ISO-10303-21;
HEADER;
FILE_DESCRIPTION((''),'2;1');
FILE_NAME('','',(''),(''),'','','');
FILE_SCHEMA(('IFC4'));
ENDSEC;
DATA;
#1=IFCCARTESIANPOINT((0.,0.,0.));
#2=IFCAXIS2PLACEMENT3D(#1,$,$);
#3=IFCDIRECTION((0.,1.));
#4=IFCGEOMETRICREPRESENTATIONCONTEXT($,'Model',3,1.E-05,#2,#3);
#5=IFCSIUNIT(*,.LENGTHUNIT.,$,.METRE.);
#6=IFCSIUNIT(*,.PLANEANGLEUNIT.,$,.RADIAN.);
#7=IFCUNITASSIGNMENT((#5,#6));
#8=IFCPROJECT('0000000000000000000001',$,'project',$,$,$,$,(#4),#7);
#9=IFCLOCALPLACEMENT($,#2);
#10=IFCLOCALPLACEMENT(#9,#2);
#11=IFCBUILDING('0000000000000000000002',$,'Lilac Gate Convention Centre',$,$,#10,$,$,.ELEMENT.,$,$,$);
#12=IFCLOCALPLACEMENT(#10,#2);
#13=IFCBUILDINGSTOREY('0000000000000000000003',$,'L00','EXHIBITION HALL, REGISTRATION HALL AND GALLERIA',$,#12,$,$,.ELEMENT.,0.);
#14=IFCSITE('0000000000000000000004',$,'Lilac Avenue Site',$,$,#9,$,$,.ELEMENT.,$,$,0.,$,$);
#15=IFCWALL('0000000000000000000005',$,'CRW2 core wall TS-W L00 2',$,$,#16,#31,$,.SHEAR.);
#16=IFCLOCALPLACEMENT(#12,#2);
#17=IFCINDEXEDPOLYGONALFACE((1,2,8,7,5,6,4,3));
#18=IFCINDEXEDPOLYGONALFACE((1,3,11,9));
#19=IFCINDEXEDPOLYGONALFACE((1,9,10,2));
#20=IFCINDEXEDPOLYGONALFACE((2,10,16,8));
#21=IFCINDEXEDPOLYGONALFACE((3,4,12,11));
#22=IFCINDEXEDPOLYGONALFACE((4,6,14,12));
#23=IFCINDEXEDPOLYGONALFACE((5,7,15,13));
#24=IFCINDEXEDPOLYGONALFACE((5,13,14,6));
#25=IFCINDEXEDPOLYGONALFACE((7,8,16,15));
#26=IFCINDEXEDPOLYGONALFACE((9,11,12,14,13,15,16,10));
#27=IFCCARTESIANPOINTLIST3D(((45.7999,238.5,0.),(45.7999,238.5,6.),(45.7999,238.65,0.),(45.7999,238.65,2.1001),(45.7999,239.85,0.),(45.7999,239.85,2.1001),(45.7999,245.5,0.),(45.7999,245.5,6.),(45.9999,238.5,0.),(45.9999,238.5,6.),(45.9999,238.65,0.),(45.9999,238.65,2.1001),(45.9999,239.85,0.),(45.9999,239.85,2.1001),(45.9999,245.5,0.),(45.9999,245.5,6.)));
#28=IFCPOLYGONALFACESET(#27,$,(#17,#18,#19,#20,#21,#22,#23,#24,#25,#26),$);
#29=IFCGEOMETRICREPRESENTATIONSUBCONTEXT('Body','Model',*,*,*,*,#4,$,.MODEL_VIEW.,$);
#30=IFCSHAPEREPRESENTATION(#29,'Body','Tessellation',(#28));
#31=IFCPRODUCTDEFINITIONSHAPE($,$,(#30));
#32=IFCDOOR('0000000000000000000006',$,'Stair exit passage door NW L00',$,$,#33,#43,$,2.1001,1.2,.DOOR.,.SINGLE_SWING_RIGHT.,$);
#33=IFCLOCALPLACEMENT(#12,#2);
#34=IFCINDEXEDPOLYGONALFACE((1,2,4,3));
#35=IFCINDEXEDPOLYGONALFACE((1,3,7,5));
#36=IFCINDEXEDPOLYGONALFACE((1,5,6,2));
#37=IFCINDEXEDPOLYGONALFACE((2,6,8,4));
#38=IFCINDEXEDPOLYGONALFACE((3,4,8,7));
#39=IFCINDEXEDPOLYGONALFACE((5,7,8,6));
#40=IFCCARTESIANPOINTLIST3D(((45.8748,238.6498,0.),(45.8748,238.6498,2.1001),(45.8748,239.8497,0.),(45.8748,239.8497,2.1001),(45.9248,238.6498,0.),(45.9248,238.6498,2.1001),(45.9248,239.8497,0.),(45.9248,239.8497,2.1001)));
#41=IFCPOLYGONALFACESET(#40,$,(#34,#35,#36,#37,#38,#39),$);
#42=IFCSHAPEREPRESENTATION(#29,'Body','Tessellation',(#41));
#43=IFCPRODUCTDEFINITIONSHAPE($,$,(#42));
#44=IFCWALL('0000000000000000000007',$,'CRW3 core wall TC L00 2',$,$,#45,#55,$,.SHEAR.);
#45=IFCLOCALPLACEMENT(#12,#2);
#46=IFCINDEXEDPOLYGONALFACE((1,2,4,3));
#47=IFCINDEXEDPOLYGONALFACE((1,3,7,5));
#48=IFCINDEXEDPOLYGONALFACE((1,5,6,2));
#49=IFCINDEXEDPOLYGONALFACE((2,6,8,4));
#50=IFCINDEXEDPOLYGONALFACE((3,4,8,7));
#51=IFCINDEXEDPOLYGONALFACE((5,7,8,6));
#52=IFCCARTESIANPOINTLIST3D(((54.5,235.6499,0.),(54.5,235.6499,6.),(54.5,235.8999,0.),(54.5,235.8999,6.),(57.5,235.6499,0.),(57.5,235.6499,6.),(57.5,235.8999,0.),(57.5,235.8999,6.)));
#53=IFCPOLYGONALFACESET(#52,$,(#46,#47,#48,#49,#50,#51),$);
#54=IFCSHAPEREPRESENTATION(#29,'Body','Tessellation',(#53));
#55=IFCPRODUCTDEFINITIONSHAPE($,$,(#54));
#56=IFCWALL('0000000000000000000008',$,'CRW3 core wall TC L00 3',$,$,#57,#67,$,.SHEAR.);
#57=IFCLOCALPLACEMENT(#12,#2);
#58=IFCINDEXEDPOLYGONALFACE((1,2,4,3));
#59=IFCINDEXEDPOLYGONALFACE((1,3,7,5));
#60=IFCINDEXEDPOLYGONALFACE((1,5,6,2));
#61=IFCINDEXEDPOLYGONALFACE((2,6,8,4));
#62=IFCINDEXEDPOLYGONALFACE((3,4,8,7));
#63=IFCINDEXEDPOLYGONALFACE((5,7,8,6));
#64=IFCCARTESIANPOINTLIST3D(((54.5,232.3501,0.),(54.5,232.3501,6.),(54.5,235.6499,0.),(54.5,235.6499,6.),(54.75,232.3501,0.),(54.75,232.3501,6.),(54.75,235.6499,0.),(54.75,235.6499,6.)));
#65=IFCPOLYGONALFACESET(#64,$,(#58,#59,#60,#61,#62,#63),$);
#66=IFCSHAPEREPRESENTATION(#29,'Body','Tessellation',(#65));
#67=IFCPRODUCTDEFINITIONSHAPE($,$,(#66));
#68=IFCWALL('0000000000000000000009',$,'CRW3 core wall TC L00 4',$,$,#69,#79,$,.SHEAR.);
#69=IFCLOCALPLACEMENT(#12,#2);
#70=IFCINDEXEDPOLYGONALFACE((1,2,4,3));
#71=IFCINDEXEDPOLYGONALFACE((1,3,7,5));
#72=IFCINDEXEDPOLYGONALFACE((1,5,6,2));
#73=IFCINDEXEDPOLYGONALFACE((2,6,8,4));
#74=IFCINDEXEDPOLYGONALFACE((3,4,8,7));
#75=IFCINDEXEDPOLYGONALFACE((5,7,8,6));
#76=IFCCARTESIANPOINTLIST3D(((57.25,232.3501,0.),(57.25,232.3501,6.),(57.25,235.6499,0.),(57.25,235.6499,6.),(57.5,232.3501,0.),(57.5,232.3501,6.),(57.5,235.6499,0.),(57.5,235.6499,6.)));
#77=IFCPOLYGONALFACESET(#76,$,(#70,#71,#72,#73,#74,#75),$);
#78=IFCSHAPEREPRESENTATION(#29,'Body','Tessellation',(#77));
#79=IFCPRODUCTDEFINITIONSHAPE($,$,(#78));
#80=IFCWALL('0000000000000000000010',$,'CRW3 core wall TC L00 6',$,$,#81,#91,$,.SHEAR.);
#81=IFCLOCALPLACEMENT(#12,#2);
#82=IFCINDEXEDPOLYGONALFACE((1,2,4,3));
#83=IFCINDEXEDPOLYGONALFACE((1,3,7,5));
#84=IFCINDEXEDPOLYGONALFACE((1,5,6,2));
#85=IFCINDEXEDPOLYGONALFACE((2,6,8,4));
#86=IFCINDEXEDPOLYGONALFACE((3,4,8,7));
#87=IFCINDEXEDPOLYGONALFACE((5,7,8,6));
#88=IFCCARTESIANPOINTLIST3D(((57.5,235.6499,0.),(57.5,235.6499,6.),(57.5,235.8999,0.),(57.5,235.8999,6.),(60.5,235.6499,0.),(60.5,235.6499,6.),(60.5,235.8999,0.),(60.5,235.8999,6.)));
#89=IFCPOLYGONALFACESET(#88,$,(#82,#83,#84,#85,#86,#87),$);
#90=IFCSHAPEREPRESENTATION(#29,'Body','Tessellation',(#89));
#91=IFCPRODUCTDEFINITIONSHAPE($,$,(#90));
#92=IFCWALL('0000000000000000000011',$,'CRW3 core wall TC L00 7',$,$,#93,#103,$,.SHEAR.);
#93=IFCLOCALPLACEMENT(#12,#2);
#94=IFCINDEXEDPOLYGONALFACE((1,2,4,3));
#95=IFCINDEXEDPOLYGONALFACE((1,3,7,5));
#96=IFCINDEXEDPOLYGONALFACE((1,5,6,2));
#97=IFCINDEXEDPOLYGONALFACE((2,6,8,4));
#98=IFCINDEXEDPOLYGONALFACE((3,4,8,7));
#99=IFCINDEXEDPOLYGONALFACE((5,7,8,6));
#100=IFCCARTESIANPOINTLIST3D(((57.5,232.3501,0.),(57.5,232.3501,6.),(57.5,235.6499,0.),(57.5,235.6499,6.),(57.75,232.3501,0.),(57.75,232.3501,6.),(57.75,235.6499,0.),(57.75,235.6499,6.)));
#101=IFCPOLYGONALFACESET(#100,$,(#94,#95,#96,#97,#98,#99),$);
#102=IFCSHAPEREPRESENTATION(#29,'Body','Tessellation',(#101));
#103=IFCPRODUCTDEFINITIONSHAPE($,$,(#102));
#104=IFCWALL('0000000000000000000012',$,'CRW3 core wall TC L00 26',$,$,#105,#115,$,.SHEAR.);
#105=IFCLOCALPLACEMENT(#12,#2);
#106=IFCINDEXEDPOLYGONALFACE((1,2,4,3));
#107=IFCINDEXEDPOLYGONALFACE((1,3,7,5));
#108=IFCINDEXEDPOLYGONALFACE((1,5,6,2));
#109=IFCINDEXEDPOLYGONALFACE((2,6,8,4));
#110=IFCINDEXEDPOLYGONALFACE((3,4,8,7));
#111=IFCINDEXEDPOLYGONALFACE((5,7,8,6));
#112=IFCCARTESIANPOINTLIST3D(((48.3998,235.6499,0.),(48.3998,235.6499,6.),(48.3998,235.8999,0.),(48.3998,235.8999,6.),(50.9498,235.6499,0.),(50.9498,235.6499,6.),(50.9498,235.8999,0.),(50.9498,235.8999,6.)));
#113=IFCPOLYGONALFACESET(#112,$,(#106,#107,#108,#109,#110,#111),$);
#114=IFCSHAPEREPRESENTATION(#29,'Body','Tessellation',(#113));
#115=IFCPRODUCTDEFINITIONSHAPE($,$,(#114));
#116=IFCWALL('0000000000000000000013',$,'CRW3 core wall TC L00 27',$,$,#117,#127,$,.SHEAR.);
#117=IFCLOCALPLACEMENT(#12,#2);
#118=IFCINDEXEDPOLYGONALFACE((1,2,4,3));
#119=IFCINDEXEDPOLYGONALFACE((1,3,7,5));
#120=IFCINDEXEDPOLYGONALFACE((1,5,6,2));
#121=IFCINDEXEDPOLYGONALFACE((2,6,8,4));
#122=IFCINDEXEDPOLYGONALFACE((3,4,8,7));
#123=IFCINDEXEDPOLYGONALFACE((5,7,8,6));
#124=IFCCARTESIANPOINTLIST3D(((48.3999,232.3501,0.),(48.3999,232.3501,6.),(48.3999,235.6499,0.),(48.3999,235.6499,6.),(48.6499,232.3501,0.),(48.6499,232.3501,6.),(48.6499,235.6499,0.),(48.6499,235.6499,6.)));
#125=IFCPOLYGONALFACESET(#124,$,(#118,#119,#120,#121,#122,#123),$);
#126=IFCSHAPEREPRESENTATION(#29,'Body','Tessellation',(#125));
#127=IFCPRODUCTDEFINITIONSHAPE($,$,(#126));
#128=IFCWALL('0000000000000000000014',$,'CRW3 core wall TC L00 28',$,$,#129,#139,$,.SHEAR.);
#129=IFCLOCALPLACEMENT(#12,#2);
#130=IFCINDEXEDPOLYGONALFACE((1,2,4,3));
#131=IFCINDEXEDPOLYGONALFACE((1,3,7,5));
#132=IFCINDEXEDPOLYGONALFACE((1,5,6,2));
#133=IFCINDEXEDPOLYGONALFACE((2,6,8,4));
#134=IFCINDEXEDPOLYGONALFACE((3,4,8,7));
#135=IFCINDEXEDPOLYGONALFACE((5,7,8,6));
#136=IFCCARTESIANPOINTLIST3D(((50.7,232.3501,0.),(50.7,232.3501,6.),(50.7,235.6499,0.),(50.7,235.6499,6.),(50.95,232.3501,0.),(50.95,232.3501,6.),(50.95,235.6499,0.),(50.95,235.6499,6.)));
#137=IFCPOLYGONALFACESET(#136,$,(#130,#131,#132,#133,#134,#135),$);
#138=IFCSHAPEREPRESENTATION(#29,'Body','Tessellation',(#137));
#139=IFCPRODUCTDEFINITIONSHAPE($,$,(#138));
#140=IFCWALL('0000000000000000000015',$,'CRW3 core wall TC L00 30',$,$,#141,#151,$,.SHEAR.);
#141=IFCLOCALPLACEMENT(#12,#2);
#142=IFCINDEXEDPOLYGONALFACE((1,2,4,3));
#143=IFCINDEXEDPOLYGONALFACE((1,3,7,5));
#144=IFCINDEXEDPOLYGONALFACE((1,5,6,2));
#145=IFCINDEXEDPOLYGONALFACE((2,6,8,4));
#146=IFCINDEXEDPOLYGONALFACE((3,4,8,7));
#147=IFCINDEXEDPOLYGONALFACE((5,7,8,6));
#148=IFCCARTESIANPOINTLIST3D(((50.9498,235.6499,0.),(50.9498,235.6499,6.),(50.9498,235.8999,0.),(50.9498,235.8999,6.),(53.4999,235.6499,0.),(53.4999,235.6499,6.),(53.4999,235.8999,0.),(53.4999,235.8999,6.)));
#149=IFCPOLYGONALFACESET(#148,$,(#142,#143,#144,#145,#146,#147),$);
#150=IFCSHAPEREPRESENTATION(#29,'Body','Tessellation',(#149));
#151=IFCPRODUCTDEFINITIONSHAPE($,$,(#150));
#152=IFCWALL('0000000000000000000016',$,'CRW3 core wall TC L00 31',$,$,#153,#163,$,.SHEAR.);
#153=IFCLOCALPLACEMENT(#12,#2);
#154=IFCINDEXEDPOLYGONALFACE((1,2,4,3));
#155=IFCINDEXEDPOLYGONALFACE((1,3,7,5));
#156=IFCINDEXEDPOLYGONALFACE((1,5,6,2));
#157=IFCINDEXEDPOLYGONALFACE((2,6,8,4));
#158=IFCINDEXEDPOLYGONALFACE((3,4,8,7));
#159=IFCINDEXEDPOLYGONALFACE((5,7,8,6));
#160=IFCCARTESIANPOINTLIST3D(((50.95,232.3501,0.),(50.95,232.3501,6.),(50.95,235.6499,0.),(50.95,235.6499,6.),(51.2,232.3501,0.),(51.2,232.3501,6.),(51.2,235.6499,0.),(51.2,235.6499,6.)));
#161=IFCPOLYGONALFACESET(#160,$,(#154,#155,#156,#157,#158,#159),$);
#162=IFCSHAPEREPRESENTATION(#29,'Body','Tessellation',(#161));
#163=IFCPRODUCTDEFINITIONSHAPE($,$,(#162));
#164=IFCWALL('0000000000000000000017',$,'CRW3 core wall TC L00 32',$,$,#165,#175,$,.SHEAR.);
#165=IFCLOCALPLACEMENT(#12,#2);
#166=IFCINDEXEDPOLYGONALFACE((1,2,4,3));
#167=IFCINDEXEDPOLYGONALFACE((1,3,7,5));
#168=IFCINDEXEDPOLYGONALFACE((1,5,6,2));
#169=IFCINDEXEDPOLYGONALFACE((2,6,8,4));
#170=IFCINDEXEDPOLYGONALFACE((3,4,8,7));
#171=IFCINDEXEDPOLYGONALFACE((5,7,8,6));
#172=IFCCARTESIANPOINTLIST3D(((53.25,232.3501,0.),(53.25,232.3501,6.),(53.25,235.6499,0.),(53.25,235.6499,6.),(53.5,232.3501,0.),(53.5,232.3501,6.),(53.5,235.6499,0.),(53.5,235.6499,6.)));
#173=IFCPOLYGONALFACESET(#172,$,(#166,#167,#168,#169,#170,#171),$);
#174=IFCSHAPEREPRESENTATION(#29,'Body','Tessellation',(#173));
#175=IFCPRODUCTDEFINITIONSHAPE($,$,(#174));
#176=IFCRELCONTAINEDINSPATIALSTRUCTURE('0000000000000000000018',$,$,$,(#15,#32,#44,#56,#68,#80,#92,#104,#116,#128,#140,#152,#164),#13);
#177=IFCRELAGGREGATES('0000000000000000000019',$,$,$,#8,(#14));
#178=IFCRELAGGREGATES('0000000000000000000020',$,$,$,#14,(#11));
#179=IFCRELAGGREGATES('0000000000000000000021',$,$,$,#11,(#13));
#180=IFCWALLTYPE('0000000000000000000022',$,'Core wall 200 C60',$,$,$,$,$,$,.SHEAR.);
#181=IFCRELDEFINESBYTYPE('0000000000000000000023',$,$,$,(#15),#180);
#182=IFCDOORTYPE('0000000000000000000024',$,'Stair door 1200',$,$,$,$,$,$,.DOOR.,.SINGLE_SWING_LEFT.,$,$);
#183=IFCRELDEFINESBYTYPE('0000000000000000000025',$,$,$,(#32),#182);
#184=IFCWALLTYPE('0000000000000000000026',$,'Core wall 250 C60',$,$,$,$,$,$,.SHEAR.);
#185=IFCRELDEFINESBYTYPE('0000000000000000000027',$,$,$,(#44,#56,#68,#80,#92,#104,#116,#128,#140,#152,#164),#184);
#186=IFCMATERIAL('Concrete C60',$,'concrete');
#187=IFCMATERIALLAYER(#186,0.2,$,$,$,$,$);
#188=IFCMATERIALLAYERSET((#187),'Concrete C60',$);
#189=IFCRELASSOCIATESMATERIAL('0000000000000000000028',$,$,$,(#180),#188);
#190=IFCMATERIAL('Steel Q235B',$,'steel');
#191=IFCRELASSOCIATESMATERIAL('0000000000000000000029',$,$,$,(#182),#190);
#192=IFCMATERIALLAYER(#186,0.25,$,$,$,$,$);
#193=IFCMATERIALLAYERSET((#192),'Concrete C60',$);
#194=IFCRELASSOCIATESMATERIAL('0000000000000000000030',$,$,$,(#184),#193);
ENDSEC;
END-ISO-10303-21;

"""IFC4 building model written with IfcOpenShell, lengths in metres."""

from ifc_helpers import new_model, si_unit, direction, frame, frame_2d, origin, place, context, subcontext, project, spatial, rectangle, extrude, material, layer, layer_set, type_object, element, fill, save


model = new_model("IFC4")

# Units and contexts
model_context = context("Model", 3, precision=1e-05, world=origin(), true_north=direction((0.0, 1.0)))
body_context = subcontext(model_context, "Body", "Model", "MODEL_VIEW")
ifc_project = project(units=[si_unit("LENGTHUNIT", "METRE"), si_unit("PLANEANGLEUNIT", "RADIAN")], contexts=[model_context])

# Site, building, storey
site_placement = place(None, origin())
site = spatial("IfcSite", under=ifc_project, at=site_placement, Name="Lilac Avenue Site", CompositionType="ELEMENT", RefElevation=0.0)
building_placement = place(site_placement, origin())
building = spatial("IfcBuilding", under=site, at=building_placement, Name="Lilac Gate Convention Centre", CompositionType="ELEMENT")
storey_placement = place(building_placement, origin())
storey = spatial("IfcBuildingStorey", under=building, at=storey_placement, Name="L00", Description="EXHIBITION HALL, REGISTRATION HALL AND GALLERIA", CompositionType="ELEMENT", Elevation=0.0)

# Wall, opening, door
ifc_material_1 = material(Name="Concrete C60", Category="concrete")
ifc_layer_1 = layer(ifc_material_1, 0.2)
ifc_layer_set_1 = layer_set([ifc_layer_1], Name="Concrete C60")
wall_type_1 = type_object("IfcWallType", Name="Core wall 200 C60", PredefinedType="SHEAR", material=ifc_layer_set_1)
wall_1_placement = place(storey_placement, frame((45.8999, 238.5, 0.0), z_axis=(0.0, 0.0, 1.0), x_axis=(0.0, 1.0, 0.0)))
wall_1 = element("IfcWall", 1, at=wall_1_placement, inside=storey, type_object=wall_type_1, Name="CRW2 core wall TS-W L00 2", PredefinedType="SHEAR", context=body_context, shape_type="SweptSolid", body=[
    extrude(rectangle(XDim=7.0, YDim=0.2, at=frame_2d((3.5, 0.0))), origin(), (0.0, 0.0, 1.0), 6.0),
])
opening_1_placement = place(wall_1_placement, frame((0.1499, 0.0, 0.0)))
opening_1 = element("IfcOpeningElement", 2, at=opening_1_placement, cuts=wall_1, PredefinedType="OPENING", context=body_context, shape_type="SweptSolid", body=[
    extrude(rectangle(XDim=1.2, YDim=2.1001, at=frame_2d((0.6001, 1.05))), frame((0.0, 0.1099, 0.0), z_axis=(0.0, -1.0, 0.0), x_axis=(1.0, 0.0, 0.0)), (0.0, 0.0, 1.0), 0.22),
])
ifc_material_2 = material(Name="Steel Q235B", Category="steel")
door_type_1 = type_object("IfcDoorType", Name="Stair door 1200", OperationType="SINGLE_SWING_LEFT", PredefinedType="DOOR", material=ifc_material_2)
door_1_placement = place(opening_1_placement, frame((1.2, 0.0, 0.0), z_axis=(0.0, 0.0, 1.0), x_axis=(-1.0, 0.0, 0.0)))
door_1 = element("IfcDoor", 3, at=door_1_placement, inside=storey, type_object=door_type_1, Name="Stair exit passage door NW L00", OperationType="SINGLE_SWING_RIGHT", OverallHeight=2.1001, OverallWidth=1.2, PredefinedType="DOOR", context=body_context, shape_type="SweptSolid", body=[
    extrude(rectangle(XDim=1.2, YDim=2.1001, at=frame_2d((0.6001, 1.05))), frame((0.0, 0.0249, 0.0), z_axis=(0.0, -1.0, 0.0), x_axis=(1.0, 0.0, 0.0)), (0.0, 0.0, 1.0), 0.05),
])
fill(opening_1, door_1)

# Walls
ifc_layer_2 = layer(ifc_material_1, 0.25)
ifc_layer_set_2 = layer_set([ifc_layer_2], Name="Concrete C60")
wall_type_2 = type_object("IfcWallType", Name="Core wall 250 C60", PredefinedType="SHEAR", material=ifc_layer_set_2)
wall_2_placement = place(storey_placement, frame((54.5, 235.7749, 0.0), z_axis=(0.0, 0.0, 1.0), x_axis=(1.0, 0.0, 0.0)))
element("IfcWall", 4, at=wall_2_placement, inside=storey, type_object=wall_type_2, Name="CRW3 core wall TC L00 2", PredefinedType="SHEAR", context=body_context, shape_type="SweptSolid", body=[
    extrude(rectangle(XDim=3.0, YDim=0.25, at=frame_2d((1.5, 0.0))), origin(), (0.0, 0.0, 1.0), 6.0),
])
for number, where, z_axis, x_axis, name in (
    (5, (54.625, 232.3501, 0.0), (0.0, 0.0, 1.0), (0.0, 1.0, 0.0), "CRW3 core wall TC L00 3"),
    (6, (57.375, 232.3501, 0.0), (0.0, 0.0, 1.0), (0.0, 1.0, 0.0), "CRW3 core wall TC L00 4"),
):
    element("IfcWall", number, at=place(storey_placement, frame(where, z_axis=z_axis, x_axis=x_axis)), inside=storey, type_object=wall_type_2, Name=name, PredefinedType="SHEAR", context=body_context, shape_type="SweptSolid", body=[
        extrude(rectangle(XDim=3.2998, YDim=0.25, at=frame_2d((1.6499, 0.0))), origin(), (0.0, 0.0, 1.0), 6.0),
    ])
wall_3_placement = place(storey_placement, frame((57.5, 235.7749, 0.0), z_axis=(0.0, 0.0, 1.0), x_axis=(1.0, 0.0, 0.0)))
element("IfcWall", 7, at=wall_3_placement, inside=storey, type_object=wall_type_2, Name="CRW3 core wall TC L00 6", PredefinedType="SHEAR", context=body_context, shape_type="SweptSolid", body=[
    extrude(rectangle(XDim=3.0, YDim=0.25, at=frame_2d((1.5, 0.0))), origin(), (0.0, 0.0, 1.0), 6.0),
])
wall_4_placement = place(storey_placement, frame((57.625, 232.3501, 0.0), z_axis=(0.0, 0.0, 1.0), x_axis=(0.0, 1.0, 0.0)))
element("IfcWall", 8, at=wall_4_placement, inside=storey, type_object=wall_type_2, Name="CRW3 core wall TC L00 7", PredefinedType="SHEAR", context=body_context, shape_type="SweptSolid", body=[
    extrude(rectangle(XDim=3.2998, YDim=0.25, at=frame_2d((1.6499, 0.0))), origin(), (0.0, 0.0, 1.0), 6.0),
])
wall_5_placement = place(storey_placement, frame((48.3999, 235.7749, 0.0), z_axis=(0.0, 0.0, 1.0), x_axis=(1.0, 0.0, 0.0)))
element("IfcWall", 9, at=wall_5_placement, inside=storey, type_object=wall_type_2, Name="CRW3 core wall TC L00 26", PredefinedType="SHEAR", context=body_context, shape_type="SweptSolid", body=[
    extrude(rectangle(XDim=2.55, YDim=0.25, at=frame_2d((1.2749, 0.0))), origin(), (0.0, 0.0, 1.0), 6.0),
])
for number, where, z_axis, x_axis, name in (
    (10, (48.5249, 232.3501, 0.0), (0.0, 0.0, 1.0), (0.0, 1.0, 0.0), "CRW3 core wall TC L00 27"),
    (11, (50.825, 232.3501, 0.0), (0.0, 0.0, 1.0), (0.0, 1.0, 0.0), "CRW3 core wall TC L00 28"),
):
    element("IfcWall", number, at=place(storey_placement, frame(where, z_axis=z_axis, x_axis=x_axis)), inside=storey, type_object=wall_type_2, Name=name, PredefinedType="SHEAR", context=body_context, shape_type="SweptSolid", body=[
        extrude(rectangle(XDim=3.2998, YDim=0.25, at=frame_2d((1.6499, 0.0))), origin(), (0.0, 0.0, 1.0), 6.0),
    ])
wall_6_placement = place(storey_placement, frame((50.95, 235.7749, 0.0), z_axis=(0.0, 0.0, 1.0), x_axis=(1.0, 0.0, 0.0)))
element("IfcWall", 12, at=wall_6_placement, inside=storey, type_object=wall_type_2, Name="CRW3 core wall TC L00 30", PredefinedType="SHEAR", context=body_context, shape_type="SweptSolid", body=[
    extrude(rectangle(XDim=2.55, YDim=0.25, at=frame_2d((1.2749, 0.0))), origin(), (0.0, 0.0, 1.0), 6.0),
])
for number, where, z_axis, x_axis, name in (
    (13, (51.075, 232.3501, 0.0), (0.0, 0.0, 1.0), (0.0, 1.0, 0.0), "CRW3 core wall TC L00 31"),
    (14, (53.375, 232.3501, 0.0), (0.0, 0.0, 1.0), (0.0, 1.0, 0.0), "CRW3 core wall TC L00 32"),
):
    element("IfcWall", number, at=place(storey_placement, frame(where, z_axis=z_axis, x_axis=x_axis)), inside=storey, type_object=wall_type_2, Name=name, PredefinedType="SHEAR", context=body_context, shape_type="SweptSolid", body=[
        extrude(rectangle(XDim=3.2998, YDim=0.25, at=frame_2d((1.6499, 0.0))), origin(), (0.0, 0.0, 1.0), 6.0),
    ])

save(model, "model.ifc")
